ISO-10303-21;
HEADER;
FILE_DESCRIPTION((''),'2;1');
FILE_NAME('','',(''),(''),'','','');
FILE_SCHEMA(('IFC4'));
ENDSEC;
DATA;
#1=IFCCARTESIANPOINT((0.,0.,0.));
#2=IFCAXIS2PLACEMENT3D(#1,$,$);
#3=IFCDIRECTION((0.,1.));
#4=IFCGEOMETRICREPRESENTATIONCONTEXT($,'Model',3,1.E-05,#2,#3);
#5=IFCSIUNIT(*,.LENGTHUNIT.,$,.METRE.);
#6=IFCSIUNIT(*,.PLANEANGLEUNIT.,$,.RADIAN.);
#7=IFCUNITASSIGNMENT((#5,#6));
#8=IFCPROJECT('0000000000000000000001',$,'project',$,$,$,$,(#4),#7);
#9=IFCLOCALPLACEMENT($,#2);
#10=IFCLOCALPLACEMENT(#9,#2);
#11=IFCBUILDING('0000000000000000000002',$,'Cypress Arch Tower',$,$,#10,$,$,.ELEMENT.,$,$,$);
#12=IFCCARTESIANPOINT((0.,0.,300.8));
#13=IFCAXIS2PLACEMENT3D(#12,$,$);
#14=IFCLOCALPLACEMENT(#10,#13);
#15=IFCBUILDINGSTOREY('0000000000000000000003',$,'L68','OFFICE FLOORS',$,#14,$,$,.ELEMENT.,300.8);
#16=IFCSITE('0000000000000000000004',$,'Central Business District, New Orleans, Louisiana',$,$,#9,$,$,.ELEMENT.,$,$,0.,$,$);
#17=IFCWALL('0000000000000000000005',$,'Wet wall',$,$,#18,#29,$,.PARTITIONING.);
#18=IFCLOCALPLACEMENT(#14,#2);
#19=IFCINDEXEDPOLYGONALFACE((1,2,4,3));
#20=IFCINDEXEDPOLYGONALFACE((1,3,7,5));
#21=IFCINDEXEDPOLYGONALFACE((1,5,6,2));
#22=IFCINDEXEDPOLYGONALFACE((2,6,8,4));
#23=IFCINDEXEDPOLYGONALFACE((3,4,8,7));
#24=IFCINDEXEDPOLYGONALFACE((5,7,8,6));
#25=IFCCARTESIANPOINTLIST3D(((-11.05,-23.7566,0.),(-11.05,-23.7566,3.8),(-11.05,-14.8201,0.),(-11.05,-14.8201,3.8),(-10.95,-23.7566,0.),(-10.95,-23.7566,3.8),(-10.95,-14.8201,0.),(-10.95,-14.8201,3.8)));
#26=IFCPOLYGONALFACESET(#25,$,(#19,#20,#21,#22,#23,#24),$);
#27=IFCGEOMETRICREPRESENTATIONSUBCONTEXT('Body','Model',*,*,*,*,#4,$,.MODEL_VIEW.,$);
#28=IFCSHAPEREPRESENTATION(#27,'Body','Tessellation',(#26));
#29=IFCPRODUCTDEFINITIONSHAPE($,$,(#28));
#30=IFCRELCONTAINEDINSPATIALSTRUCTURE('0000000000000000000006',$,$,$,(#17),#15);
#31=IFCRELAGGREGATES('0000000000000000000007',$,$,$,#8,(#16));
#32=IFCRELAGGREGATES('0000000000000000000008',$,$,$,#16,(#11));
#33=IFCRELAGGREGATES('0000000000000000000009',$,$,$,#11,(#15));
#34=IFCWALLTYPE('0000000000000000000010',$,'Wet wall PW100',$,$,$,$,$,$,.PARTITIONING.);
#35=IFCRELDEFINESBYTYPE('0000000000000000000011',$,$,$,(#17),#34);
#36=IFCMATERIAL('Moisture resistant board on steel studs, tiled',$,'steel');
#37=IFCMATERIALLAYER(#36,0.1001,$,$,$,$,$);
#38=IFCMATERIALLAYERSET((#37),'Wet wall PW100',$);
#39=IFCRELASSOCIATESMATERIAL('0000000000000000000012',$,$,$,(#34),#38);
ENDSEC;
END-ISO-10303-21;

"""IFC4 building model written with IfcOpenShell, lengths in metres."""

from ifc_helpers import new_model, si_unit, direction, frame, frame_2d, origin, place, context, subcontext, project, spatial, rectangle, extrude, material, layer, layer_set, type_object, element, save


model = new_model("IFC4")

# Units and contexts
model_context = context("Model", 3, precision=1e-05, world=origin(), true_north=direction((0.0, 1.0)))
body_context = subcontext(model_context, "Body", "Model", "MODEL_VIEW")
ifc_project = project(units=[si_unit("LENGTHUNIT", "METRE"), si_unit("PLANEANGLEUNIT", "RADIAN")], contexts=[model_context])

# Site, building, storey
site_placement = place(None, origin())
site = spatial("IfcSite", under=ifc_project, at=site_placement, Name="Central Business District, New Orleans, Louisiana", CompositionType="ELEMENT", RefElevation=0.0)
building_placement = place(site_placement, origin())
building = spatial("IfcBuilding", under=site, at=building_placement, Name="Cypress Arch Tower", CompositionType="ELEMENT")
storey_placement = place(building_placement, frame((0.0, 0.0, 300.8)))
storey = spatial("IfcBuildingStorey", under=building, at=storey_placement, Name="L68", Description="OFFICE FLOORS", CompositionType="ELEMENT", Elevation=300.8)

# Wall
ifc_material_1 = material(Name="Moisture resistant board on steel studs, tiled", Category="steel")
ifc_layer_1 = layer(ifc_material_1, 0.1001)
ifc_layer_set_1 = layer_set([ifc_layer_1], Name="Wet wall PW100")
wall_type_1 = type_object("IfcWallType", Name="Wet wall PW100", PredefinedType="PARTITIONING", material=ifc_layer_set_1)
wall_1_placement = place(storey_placement, frame((-11.0, -23.7566, 0.0), z_axis=(0.0, 0.0, 1.0), x_axis=(0.0, 1.0, 0.0)))
element("IfcWall", 1, at=wall_1_placement, inside=storey, type_object=wall_type_1, Name="Wet wall", PredefinedType="PARTITIONING", context=body_context, shape_type="SweptSolid", body=[
    extrude(rectangle(XDim=8.9365, YDim=0.1001, at=frame_2d((4.4683, 0.0))), origin(), (0.0, 0.0, 1.0), 3.8),
])

save(model, "model.ifc")
